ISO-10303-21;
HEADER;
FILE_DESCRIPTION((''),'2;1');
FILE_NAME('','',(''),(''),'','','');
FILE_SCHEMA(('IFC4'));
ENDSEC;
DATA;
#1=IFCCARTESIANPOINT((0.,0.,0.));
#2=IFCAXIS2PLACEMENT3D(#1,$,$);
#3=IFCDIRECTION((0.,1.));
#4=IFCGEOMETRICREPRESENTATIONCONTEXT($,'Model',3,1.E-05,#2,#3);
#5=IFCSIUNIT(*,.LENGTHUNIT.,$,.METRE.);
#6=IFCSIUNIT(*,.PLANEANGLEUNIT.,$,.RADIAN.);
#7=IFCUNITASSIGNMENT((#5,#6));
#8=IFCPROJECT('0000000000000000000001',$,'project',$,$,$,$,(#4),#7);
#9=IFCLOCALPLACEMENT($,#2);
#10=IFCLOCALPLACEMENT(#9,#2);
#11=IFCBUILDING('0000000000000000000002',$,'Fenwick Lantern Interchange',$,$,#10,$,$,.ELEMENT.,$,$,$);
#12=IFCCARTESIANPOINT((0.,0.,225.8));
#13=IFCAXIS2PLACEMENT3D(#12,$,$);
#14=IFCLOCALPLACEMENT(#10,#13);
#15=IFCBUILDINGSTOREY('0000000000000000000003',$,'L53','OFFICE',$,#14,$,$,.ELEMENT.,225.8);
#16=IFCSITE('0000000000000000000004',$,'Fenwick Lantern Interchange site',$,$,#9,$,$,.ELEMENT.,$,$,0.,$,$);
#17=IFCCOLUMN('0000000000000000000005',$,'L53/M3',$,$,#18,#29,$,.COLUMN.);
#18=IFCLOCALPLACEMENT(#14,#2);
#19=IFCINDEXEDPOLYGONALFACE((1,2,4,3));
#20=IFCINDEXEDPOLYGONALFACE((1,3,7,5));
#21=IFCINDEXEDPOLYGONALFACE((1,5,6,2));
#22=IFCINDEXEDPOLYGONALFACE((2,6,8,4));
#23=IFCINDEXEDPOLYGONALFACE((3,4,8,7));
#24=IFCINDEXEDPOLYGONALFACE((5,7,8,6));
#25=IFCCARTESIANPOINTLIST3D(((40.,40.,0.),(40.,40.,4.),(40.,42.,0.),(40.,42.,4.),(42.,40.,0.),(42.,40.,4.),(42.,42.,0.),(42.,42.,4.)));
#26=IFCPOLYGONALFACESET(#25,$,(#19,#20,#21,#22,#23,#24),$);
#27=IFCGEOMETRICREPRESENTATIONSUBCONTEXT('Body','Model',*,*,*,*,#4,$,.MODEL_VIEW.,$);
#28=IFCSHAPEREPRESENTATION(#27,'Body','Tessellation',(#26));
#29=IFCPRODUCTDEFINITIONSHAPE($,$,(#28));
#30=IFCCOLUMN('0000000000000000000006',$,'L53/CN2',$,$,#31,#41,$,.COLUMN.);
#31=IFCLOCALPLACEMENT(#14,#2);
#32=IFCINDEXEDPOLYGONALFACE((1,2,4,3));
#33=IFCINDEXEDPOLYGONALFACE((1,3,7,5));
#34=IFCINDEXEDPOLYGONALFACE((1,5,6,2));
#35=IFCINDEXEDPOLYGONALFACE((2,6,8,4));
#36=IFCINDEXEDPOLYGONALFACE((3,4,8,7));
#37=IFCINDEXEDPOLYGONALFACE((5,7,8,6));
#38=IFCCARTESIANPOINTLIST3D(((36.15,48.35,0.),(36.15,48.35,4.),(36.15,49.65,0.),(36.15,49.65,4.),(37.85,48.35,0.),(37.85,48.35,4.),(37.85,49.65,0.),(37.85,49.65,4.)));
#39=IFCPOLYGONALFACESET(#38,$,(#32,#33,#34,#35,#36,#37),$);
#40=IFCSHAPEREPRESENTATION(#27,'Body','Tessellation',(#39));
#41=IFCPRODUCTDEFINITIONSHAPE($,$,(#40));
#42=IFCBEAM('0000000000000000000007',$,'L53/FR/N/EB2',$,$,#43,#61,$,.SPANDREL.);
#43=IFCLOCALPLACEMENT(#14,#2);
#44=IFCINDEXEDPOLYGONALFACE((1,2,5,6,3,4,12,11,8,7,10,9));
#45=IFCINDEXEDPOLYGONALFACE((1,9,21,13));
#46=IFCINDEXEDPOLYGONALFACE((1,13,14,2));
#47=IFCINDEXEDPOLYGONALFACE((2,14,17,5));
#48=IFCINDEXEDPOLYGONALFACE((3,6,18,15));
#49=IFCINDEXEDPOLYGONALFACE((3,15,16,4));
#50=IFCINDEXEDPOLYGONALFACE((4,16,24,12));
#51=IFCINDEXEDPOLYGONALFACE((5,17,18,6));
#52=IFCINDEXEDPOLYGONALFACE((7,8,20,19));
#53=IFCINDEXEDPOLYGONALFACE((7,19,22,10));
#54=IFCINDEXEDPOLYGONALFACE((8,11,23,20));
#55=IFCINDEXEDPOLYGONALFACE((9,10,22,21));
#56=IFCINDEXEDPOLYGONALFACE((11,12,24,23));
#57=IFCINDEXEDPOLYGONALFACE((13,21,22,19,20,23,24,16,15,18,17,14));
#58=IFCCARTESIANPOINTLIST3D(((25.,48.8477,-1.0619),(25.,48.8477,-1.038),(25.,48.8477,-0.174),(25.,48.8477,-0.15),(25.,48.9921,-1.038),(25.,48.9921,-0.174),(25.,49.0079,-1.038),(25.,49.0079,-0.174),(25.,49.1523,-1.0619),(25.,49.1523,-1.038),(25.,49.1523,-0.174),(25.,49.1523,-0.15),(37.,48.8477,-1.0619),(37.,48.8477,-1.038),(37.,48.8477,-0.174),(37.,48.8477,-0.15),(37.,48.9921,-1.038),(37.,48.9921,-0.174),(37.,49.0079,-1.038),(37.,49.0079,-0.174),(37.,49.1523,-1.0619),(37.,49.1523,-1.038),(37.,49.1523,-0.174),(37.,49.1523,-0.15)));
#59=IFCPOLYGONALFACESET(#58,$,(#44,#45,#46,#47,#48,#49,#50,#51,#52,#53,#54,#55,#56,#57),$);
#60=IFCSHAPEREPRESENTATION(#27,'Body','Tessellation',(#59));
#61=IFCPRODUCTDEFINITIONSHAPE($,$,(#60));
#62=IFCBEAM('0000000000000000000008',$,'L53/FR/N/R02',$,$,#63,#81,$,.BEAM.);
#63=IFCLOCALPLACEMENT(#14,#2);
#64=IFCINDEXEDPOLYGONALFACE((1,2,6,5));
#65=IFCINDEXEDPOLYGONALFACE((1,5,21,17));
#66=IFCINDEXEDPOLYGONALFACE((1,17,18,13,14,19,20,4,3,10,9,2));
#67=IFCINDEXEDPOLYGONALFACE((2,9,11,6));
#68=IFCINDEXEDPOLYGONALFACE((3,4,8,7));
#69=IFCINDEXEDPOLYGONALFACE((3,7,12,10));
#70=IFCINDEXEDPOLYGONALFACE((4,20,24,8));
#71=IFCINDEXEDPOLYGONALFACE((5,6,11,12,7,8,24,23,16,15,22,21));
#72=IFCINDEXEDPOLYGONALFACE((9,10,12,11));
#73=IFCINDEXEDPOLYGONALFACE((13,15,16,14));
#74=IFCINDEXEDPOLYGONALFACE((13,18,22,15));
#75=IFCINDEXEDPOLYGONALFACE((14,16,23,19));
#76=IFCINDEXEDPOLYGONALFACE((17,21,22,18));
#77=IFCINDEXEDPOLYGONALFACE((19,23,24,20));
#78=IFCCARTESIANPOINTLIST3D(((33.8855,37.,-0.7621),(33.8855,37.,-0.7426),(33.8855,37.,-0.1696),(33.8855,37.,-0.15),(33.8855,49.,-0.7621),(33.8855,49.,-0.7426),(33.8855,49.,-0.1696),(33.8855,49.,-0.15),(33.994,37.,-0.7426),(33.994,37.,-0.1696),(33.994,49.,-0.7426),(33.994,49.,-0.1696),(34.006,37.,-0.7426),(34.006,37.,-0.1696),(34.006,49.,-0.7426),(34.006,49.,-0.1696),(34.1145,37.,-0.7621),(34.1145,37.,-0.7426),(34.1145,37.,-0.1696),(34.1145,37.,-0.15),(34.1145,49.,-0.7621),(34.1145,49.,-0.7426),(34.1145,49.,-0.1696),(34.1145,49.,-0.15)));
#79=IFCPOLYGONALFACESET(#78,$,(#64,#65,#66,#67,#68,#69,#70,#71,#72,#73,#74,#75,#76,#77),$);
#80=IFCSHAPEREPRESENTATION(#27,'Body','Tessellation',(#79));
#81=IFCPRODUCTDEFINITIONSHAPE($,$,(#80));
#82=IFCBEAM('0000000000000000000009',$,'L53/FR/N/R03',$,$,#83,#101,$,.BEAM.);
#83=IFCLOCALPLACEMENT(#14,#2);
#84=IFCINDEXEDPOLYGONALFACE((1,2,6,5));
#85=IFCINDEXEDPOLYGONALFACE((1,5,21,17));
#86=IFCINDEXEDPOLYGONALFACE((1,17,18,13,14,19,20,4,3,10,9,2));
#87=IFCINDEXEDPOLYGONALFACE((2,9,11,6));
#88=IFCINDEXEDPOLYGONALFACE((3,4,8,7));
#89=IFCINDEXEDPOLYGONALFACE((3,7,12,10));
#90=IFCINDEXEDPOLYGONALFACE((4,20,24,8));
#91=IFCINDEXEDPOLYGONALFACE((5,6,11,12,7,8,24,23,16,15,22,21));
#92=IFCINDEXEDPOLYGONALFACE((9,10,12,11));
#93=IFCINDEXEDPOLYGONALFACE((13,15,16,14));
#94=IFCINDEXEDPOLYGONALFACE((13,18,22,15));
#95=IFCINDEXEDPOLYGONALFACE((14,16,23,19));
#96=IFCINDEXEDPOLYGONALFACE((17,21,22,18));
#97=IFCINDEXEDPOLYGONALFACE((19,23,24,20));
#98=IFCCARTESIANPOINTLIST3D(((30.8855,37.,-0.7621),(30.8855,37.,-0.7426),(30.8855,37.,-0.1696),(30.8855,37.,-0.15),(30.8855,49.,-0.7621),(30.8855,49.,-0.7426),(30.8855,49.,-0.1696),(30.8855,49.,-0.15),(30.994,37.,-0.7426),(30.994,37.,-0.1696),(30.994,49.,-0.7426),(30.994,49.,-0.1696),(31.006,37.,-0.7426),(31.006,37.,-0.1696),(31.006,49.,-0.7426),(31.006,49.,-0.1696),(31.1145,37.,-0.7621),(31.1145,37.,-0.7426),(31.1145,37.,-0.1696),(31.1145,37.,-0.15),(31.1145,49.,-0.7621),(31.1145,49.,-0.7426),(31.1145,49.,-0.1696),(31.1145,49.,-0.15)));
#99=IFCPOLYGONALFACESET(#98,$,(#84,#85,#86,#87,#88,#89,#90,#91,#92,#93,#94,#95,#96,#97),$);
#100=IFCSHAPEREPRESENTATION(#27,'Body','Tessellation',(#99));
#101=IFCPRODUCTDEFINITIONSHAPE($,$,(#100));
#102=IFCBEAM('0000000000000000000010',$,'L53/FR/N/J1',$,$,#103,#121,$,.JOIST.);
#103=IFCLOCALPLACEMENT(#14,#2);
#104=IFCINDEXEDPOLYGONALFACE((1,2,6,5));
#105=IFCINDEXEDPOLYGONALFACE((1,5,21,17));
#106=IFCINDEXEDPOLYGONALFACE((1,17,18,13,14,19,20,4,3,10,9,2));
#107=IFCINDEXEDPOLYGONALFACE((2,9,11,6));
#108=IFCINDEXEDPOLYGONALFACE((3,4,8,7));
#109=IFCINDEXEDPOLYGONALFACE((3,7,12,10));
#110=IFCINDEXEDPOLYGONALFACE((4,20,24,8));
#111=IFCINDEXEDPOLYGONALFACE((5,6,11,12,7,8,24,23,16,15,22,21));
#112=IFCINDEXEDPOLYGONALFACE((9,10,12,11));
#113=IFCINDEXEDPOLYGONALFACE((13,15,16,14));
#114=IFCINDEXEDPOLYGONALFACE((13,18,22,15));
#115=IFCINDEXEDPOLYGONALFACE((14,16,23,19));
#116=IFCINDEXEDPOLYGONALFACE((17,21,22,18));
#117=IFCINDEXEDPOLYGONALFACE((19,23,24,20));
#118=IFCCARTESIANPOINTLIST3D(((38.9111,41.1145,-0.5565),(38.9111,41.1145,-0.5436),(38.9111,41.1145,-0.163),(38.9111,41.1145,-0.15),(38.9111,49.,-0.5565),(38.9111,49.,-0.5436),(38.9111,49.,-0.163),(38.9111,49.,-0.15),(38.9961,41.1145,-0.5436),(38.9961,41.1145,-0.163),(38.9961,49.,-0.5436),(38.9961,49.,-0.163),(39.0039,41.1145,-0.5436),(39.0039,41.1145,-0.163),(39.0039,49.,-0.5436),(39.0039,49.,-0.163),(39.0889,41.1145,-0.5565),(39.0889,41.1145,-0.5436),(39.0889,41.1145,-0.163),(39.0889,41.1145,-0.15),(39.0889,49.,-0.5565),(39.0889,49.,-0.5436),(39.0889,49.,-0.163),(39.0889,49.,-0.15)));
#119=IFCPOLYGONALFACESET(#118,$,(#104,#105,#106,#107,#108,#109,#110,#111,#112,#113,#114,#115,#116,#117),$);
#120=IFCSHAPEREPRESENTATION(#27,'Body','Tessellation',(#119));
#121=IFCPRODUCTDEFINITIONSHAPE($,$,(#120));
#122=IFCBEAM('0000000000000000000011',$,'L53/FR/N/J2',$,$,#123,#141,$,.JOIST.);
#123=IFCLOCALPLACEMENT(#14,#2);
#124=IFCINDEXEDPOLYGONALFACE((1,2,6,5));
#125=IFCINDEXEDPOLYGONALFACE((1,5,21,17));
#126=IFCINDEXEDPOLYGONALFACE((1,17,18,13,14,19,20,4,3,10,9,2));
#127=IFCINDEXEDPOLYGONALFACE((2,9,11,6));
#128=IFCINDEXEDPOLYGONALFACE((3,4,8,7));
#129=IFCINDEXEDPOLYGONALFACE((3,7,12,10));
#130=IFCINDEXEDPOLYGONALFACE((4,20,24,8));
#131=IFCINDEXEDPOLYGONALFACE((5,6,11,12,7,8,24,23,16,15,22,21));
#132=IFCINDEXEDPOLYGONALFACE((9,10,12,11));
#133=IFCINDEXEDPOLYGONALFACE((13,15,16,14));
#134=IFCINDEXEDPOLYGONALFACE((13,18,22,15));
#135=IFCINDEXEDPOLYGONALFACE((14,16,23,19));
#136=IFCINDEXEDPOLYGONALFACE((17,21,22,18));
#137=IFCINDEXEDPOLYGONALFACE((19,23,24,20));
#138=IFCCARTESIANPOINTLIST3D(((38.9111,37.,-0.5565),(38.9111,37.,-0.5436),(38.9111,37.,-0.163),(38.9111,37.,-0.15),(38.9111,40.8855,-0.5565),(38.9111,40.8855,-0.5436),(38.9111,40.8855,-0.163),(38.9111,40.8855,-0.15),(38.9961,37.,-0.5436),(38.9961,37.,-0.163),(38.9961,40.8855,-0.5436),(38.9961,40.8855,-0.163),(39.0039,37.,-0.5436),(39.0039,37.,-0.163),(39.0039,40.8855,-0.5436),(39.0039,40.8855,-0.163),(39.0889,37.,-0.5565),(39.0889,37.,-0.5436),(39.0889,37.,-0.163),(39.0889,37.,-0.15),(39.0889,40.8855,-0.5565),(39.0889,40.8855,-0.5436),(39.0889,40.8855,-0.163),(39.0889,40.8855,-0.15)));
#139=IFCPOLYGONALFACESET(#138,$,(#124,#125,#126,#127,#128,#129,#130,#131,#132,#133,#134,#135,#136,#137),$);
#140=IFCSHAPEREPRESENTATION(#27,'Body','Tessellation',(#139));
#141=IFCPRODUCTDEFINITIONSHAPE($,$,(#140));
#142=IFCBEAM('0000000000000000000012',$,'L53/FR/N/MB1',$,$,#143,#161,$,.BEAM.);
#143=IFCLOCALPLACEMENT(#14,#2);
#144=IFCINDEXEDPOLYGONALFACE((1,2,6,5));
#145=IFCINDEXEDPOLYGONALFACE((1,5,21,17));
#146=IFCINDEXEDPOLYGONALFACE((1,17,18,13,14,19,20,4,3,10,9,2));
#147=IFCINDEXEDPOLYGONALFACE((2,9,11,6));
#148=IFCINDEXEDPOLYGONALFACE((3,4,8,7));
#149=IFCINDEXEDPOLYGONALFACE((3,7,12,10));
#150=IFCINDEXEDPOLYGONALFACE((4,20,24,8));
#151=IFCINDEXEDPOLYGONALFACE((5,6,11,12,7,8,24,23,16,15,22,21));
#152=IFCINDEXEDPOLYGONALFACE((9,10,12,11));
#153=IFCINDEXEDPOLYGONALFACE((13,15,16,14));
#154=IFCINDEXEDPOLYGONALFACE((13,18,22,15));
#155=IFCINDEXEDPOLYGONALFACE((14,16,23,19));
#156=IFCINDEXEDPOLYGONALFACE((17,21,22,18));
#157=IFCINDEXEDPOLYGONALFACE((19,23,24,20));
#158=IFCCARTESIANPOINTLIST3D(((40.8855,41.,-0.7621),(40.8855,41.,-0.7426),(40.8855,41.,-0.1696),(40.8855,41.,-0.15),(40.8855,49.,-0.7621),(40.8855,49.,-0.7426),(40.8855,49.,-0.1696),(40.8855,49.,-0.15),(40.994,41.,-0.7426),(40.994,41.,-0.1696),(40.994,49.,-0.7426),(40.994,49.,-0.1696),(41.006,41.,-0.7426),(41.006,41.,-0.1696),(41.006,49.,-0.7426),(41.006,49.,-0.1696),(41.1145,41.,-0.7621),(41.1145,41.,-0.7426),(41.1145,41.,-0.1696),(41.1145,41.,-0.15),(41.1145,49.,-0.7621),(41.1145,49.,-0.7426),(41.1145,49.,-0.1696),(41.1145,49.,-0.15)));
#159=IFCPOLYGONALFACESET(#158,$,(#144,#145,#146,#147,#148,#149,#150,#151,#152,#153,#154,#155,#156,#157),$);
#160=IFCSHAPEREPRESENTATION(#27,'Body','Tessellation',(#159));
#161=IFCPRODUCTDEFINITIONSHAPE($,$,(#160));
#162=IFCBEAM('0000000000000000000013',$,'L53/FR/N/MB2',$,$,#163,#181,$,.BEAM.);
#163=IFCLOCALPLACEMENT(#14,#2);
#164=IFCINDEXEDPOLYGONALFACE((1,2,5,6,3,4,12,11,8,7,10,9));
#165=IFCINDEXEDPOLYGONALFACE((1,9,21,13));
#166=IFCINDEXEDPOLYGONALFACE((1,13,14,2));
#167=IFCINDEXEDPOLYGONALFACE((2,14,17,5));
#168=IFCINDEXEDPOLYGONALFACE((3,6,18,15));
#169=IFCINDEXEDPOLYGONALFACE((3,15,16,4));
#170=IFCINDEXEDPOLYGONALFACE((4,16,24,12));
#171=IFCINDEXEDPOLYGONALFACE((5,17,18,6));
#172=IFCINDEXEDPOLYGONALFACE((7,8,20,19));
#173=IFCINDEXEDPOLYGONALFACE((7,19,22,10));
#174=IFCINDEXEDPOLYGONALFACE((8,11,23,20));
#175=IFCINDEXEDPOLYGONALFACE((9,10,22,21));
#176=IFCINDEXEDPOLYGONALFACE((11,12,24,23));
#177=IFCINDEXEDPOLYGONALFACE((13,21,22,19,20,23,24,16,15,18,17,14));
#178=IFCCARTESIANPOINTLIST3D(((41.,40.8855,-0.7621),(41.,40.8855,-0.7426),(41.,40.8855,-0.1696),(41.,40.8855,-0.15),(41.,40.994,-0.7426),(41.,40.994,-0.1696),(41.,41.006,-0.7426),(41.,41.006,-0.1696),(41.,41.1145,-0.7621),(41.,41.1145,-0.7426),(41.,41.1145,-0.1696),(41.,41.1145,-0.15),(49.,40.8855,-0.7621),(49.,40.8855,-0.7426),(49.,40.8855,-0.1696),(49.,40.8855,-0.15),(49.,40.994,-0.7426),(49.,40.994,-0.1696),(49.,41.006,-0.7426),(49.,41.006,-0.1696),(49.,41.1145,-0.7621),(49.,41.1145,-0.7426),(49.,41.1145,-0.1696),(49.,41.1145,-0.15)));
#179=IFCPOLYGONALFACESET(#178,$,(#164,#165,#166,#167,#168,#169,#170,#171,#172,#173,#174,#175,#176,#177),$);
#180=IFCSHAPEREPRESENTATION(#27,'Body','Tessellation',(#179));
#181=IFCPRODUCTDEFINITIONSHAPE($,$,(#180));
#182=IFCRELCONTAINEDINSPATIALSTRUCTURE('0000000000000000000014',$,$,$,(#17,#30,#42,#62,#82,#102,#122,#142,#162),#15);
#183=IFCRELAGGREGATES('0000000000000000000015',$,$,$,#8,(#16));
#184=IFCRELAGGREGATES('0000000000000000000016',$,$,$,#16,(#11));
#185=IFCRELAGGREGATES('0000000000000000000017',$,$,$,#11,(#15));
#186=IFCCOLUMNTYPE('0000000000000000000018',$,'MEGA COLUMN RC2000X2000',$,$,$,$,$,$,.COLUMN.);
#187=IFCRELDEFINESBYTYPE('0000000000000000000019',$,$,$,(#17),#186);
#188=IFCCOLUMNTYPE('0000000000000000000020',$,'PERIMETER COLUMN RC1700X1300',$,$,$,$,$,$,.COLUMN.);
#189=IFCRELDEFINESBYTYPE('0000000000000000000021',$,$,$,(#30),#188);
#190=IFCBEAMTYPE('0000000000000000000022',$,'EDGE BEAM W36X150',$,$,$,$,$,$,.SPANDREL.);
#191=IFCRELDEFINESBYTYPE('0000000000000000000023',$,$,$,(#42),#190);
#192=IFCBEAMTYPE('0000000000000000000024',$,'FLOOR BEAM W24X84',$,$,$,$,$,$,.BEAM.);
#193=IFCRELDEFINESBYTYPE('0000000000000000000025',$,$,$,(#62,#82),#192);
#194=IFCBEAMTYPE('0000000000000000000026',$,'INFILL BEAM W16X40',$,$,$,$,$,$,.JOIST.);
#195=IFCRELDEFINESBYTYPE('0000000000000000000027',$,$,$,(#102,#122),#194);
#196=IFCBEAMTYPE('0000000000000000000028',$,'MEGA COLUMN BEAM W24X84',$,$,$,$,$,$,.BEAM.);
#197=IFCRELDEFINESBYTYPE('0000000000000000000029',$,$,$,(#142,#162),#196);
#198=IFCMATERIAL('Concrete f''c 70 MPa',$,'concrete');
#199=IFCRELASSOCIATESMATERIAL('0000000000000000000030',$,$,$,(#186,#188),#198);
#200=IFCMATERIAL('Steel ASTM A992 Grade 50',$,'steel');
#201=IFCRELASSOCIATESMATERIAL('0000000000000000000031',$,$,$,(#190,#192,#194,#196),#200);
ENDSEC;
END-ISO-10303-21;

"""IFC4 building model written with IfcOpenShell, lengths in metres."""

from ifc_helpers import new_model, si_unit, direction, frame, origin, origin_2d, place, context, subcontext, project, spatial, rectangle, i_section, extrude, material, material_profile, profile_set, type_object, element, save


model = new_model("IFC4")

# Units and contexts
model_context = context("Model", 3, precision=1e-05, world=origin(), true_north=direction((0.0, 1.0)))
body_context = subcontext(model_context, "Body", "Model", "MODEL_VIEW")
ifc_project = project(units=[si_unit("LENGTHUNIT", "METRE"), si_unit("PLANEANGLEUNIT", "RADIAN")], contexts=[model_context])

# Site, building, storey
site_placement = place(None, origin())
site = spatial("IfcSite", under=ifc_project, at=site_placement, Name="Fenwick Lantern Interchange site", CompositionType="ELEMENT", RefElevation=0.0)
building_placement = place(site_placement, origin())
building = spatial("IfcBuilding", under=site, at=building_placement, Name="Fenwick Lantern Interchange", CompositionType="ELEMENT")
storey_placement = place(building_placement, frame((0.0, 0.0, 225.8)))
storey = spatial("IfcBuildingStorey", under=building, at=storey_placement, Name="L53", Description="OFFICE", CompositionType="ELEMENT", Elevation=225.8)

# Columns
ifc_material_1 = material(Name="Concrete f'c 70 MPa", Category="concrete")
ifc_material_profile_1 = material_profile(ifc_material_1, rectangle(XDim=2.0, YDim=2.0, at=origin_2d()), Name="RC2000X2000")
ifc_profile_set_1 = profile_set([ifc_material_profile_1], Name="Concrete f'c 70 MPa")
column_type_1 = type_object("IfcColumnType", Name="MEGA COLUMN RC2000X2000", PredefinedType="COLUMN", material=ifc_profile_set_1)
column_1_placement = place(storey_placement, frame((41.0, 41.0, 0.0), z_axis=(0.0, 0.0, 1.0), x_axis=(1.0, 0.0, 0.0)))
element("IfcColumn", 1, at=column_1_placement, inside=storey, type_object=column_type_1, Name="L53/M3", PredefinedType="COLUMN", context=body_context, shape_type="SweptSolid", body=[
    extrude(rectangle(XDim=2.0, YDim=2.0, at=origin_2d()), origin(), (0.0, 0.0, 1.0), 4.0),
])
ifc_material_profile_2 = material_profile(ifc_material_1, rectangle(XDim=1.7, YDim=1.3, at=origin_2d()), Name="RC1700X1300")
ifc_profile_set_2 = profile_set([ifc_material_profile_2], Name="Concrete f'c 70 MPa")
column_type_2 = type_object("IfcColumnType", Name="PERIMETER COLUMN RC1700X1300", PredefinedType="COLUMN", material=ifc_profile_set_2)
column_2_placement = place(storey_placement, frame((37.0, 49.0, 0.0), z_axis=(0.0, 0.0, 1.0), x_axis=(1.0, 0.0, 0.0)))
element("IfcColumn", 2, at=column_2_placement, inside=storey, type_object=column_type_2, Name="L53/CN2", PredefinedType="COLUMN", context=body_context, shape_type="SweptSolid", body=[
    extrude(rectangle(XDim=1.7, YDim=1.3, at=origin_2d()), origin(), (0.0, 0.0, 1.0), 4.0),
])

# Beams
ifc_material_2 = material(Name="Steel ASTM A992 Grade 50", Category="steel")
ifc_material_profile_3 = material_profile(ifc_material_2, i_section(OverallWidth=0.3047, OverallDepth=0.9119, WebThickness=0.0159, FlangeThickness=0.0239, at=origin_2d()), Name="W36X150")
ifc_profile_set_3 = profile_set([ifc_material_profile_3], Name="Steel ASTM A992 Grade 50")
beam_type_1 = type_object("IfcBeamType", Name="EDGE BEAM W36X150", PredefinedType="SPANDREL", material=ifc_profile_set_3)
beam_1_placement = place(storey_placement, frame((37.0, 49.0, -0.606), z_axis=(-1.0, 0.0, 0.0), x_axis=(0.0, -1.0, 0.0)))
element("IfcBeam", 3, at=beam_1_placement, inside=storey, type_object=beam_type_1, Name="L53/FR/N/EB2", PredefinedType="SPANDREL", context=body_context, shape_type="SweptSolid", body=[
    extrude(i_section(OverallWidth=0.3047, OverallDepth=0.9119, WebThickness=0.0159, FlangeThickness=0.0239, at=origin_2d()), origin(), (0.0, 0.0, 1.0), 12.0),
])
ifc_material_profile_4 = material_profile(ifc_material_2, i_section(OverallWidth=0.229, OverallDepth=0.6121, WebThickness=0.012, FlangeThickness=0.0195, at=origin_2d()), Name="W24X84")
ifc_profile_set_4 = profile_set([ifc_material_profile_4], Name="Steel ASTM A992 Grade 50")
beam_type_2 = type_object("IfcBeamType", Name="FLOOR BEAM W24X84", PredefinedType="BEAM", material=ifc_profile_set_4)
for number, where, z_axis, x_axis, name in (
    (4, (34.0, 49.0, -0.4561), (0.0, -1.0, 0.0), (1.0, 0.0, 0.0), "L53/FR/N/R02"),
    (5, (31.0, 49.0, -0.4561), (0.0, -1.0, 0.0), (1.0, 0.0, 0.0), "L53/FR/N/R03"),
):
    element("IfcBeam", number, at=place(storey_placement, frame(where, z_axis=z_axis, x_axis=x_axis)), inside=storey, type_object=beam_type_2, Name=name, PredefinedType="BEAM", context=body_context, shape_type="SweptSolid", body=[
        extrude(i_section(OverallWidth=0.229, OverallDepth=0.6121, WebThickness=0.012, FlangeThickness=0.0195, at=origin_2d()), origin(), (0.0, 0.0, 1.0), 12.0),
    ])
ifc_material_profile_5 = material_profile(ifc_material_2, i_section(OverallWidth=0.1777, OverallDepth=0.4065, WebThickness=0.0078, FlangeThickness=0.0129, at=origin_2d()), Name="W16X40")
ifc_profile_set_5 = profile_set([ifc_material_profile_5], Name="Steel ASTM A992 Grade 50")
beam_type_3 = type_object("IfcBeamType", Name="INFILL BEAM W16X40", PredefinedType="JOIST", material=ifc_profile_set_5)
beam_2_placement = place(storey_placement, frame((39.0, 49.0, -0.3533), z_axis=(0.0, -1.0, 0.0), x_axis=(1.0, 0.0, 0.0)))
element("IfcBeam", 6, at=beam_2_placement, inside=storey, type_object=beam_type_3, Name="L53/FR/N/J1", PredefinedType="JOIST", context=body_context, shape_type="SweptSolid", body=[
    extrude(i_section(OverallWidth=0.1777, OverallDepth=0.4065, WebThickness=0.0078, FlangeThickness=0.0129, at=origin_2d()), origin(), (0.0, 0.0, 1.0), 7.8855),
])
beam_3_placement = place(storey_placement, frame((39.0, 40.8855, -0.3533), z_axis=(0.0, -1.0, 0.0), x_axis=(1.0, 0.0, 0.0)))
element("IfcBeam", 7, at=beam_3_placement, inside=storey, type_object=beam_type_3, Name="L53/FR/N/J2", PredefinedType="JOIST", context=body_context, shape_type="SweptSolid", body=[
    extrude(i_section(OverallWidth=0.1777, OverallDepth=0.4065, WebThickness=0.0078, FlangeThickness=0.0129, at=origin_2d()), origin(), (0.0, 0.0, 1.0), 3.8855),
])
ifc_material_profile_6 = material_profile(ifc_material_2, i_section(OverallWidth=0.229, OverallDepth=0.6121, WebThickness=0.012, FlangeThickness=0.0195, at=origin_2d()), Name="W24X84")
ifc_profile_set_6 = profile_set([ifc_material_profile_6], Name="Steel ASTM A992 Grade 50")
beam_type_4 = type_object("IfcBeamType", Name="MEGA COLUMN BEAM W24X84", PredefinedType="BEAM", material=ifc_profile_set_6)
for number, where, z_axis, x_axis, name in (
    (8, (41.0, 41.0, -0.4561), (0.0, 1.0, 0.0), (-1.0, 0.0, 0.0), "L53/FR/N/MB1"),
    (9, (41.0, 41.0, -0.4561), (1.0, 0.0, 0.0), (0.0, 1.0, 0.0), "L53/FR/N/MB2"),
):
    element("IfcBeam", number, at=place(storey_placement, frame(where, z_axis=z_axis, x_axis=x_axis)), inside=storey, type_object=beam_type_4, Name=name, PredefinedType="BEAM", context=body_context, shape_type="SweptSolid", body=[
        extrude(i_section(OverallWidth=0.229, OverallDepth=0.6121, WebThickness=0.012, FlangeThickness=0.0195, at=origin_2d()), origin(), (0.0, 0.0, 1.0), 8.0),
    ])

save(model, "model.ifc")
